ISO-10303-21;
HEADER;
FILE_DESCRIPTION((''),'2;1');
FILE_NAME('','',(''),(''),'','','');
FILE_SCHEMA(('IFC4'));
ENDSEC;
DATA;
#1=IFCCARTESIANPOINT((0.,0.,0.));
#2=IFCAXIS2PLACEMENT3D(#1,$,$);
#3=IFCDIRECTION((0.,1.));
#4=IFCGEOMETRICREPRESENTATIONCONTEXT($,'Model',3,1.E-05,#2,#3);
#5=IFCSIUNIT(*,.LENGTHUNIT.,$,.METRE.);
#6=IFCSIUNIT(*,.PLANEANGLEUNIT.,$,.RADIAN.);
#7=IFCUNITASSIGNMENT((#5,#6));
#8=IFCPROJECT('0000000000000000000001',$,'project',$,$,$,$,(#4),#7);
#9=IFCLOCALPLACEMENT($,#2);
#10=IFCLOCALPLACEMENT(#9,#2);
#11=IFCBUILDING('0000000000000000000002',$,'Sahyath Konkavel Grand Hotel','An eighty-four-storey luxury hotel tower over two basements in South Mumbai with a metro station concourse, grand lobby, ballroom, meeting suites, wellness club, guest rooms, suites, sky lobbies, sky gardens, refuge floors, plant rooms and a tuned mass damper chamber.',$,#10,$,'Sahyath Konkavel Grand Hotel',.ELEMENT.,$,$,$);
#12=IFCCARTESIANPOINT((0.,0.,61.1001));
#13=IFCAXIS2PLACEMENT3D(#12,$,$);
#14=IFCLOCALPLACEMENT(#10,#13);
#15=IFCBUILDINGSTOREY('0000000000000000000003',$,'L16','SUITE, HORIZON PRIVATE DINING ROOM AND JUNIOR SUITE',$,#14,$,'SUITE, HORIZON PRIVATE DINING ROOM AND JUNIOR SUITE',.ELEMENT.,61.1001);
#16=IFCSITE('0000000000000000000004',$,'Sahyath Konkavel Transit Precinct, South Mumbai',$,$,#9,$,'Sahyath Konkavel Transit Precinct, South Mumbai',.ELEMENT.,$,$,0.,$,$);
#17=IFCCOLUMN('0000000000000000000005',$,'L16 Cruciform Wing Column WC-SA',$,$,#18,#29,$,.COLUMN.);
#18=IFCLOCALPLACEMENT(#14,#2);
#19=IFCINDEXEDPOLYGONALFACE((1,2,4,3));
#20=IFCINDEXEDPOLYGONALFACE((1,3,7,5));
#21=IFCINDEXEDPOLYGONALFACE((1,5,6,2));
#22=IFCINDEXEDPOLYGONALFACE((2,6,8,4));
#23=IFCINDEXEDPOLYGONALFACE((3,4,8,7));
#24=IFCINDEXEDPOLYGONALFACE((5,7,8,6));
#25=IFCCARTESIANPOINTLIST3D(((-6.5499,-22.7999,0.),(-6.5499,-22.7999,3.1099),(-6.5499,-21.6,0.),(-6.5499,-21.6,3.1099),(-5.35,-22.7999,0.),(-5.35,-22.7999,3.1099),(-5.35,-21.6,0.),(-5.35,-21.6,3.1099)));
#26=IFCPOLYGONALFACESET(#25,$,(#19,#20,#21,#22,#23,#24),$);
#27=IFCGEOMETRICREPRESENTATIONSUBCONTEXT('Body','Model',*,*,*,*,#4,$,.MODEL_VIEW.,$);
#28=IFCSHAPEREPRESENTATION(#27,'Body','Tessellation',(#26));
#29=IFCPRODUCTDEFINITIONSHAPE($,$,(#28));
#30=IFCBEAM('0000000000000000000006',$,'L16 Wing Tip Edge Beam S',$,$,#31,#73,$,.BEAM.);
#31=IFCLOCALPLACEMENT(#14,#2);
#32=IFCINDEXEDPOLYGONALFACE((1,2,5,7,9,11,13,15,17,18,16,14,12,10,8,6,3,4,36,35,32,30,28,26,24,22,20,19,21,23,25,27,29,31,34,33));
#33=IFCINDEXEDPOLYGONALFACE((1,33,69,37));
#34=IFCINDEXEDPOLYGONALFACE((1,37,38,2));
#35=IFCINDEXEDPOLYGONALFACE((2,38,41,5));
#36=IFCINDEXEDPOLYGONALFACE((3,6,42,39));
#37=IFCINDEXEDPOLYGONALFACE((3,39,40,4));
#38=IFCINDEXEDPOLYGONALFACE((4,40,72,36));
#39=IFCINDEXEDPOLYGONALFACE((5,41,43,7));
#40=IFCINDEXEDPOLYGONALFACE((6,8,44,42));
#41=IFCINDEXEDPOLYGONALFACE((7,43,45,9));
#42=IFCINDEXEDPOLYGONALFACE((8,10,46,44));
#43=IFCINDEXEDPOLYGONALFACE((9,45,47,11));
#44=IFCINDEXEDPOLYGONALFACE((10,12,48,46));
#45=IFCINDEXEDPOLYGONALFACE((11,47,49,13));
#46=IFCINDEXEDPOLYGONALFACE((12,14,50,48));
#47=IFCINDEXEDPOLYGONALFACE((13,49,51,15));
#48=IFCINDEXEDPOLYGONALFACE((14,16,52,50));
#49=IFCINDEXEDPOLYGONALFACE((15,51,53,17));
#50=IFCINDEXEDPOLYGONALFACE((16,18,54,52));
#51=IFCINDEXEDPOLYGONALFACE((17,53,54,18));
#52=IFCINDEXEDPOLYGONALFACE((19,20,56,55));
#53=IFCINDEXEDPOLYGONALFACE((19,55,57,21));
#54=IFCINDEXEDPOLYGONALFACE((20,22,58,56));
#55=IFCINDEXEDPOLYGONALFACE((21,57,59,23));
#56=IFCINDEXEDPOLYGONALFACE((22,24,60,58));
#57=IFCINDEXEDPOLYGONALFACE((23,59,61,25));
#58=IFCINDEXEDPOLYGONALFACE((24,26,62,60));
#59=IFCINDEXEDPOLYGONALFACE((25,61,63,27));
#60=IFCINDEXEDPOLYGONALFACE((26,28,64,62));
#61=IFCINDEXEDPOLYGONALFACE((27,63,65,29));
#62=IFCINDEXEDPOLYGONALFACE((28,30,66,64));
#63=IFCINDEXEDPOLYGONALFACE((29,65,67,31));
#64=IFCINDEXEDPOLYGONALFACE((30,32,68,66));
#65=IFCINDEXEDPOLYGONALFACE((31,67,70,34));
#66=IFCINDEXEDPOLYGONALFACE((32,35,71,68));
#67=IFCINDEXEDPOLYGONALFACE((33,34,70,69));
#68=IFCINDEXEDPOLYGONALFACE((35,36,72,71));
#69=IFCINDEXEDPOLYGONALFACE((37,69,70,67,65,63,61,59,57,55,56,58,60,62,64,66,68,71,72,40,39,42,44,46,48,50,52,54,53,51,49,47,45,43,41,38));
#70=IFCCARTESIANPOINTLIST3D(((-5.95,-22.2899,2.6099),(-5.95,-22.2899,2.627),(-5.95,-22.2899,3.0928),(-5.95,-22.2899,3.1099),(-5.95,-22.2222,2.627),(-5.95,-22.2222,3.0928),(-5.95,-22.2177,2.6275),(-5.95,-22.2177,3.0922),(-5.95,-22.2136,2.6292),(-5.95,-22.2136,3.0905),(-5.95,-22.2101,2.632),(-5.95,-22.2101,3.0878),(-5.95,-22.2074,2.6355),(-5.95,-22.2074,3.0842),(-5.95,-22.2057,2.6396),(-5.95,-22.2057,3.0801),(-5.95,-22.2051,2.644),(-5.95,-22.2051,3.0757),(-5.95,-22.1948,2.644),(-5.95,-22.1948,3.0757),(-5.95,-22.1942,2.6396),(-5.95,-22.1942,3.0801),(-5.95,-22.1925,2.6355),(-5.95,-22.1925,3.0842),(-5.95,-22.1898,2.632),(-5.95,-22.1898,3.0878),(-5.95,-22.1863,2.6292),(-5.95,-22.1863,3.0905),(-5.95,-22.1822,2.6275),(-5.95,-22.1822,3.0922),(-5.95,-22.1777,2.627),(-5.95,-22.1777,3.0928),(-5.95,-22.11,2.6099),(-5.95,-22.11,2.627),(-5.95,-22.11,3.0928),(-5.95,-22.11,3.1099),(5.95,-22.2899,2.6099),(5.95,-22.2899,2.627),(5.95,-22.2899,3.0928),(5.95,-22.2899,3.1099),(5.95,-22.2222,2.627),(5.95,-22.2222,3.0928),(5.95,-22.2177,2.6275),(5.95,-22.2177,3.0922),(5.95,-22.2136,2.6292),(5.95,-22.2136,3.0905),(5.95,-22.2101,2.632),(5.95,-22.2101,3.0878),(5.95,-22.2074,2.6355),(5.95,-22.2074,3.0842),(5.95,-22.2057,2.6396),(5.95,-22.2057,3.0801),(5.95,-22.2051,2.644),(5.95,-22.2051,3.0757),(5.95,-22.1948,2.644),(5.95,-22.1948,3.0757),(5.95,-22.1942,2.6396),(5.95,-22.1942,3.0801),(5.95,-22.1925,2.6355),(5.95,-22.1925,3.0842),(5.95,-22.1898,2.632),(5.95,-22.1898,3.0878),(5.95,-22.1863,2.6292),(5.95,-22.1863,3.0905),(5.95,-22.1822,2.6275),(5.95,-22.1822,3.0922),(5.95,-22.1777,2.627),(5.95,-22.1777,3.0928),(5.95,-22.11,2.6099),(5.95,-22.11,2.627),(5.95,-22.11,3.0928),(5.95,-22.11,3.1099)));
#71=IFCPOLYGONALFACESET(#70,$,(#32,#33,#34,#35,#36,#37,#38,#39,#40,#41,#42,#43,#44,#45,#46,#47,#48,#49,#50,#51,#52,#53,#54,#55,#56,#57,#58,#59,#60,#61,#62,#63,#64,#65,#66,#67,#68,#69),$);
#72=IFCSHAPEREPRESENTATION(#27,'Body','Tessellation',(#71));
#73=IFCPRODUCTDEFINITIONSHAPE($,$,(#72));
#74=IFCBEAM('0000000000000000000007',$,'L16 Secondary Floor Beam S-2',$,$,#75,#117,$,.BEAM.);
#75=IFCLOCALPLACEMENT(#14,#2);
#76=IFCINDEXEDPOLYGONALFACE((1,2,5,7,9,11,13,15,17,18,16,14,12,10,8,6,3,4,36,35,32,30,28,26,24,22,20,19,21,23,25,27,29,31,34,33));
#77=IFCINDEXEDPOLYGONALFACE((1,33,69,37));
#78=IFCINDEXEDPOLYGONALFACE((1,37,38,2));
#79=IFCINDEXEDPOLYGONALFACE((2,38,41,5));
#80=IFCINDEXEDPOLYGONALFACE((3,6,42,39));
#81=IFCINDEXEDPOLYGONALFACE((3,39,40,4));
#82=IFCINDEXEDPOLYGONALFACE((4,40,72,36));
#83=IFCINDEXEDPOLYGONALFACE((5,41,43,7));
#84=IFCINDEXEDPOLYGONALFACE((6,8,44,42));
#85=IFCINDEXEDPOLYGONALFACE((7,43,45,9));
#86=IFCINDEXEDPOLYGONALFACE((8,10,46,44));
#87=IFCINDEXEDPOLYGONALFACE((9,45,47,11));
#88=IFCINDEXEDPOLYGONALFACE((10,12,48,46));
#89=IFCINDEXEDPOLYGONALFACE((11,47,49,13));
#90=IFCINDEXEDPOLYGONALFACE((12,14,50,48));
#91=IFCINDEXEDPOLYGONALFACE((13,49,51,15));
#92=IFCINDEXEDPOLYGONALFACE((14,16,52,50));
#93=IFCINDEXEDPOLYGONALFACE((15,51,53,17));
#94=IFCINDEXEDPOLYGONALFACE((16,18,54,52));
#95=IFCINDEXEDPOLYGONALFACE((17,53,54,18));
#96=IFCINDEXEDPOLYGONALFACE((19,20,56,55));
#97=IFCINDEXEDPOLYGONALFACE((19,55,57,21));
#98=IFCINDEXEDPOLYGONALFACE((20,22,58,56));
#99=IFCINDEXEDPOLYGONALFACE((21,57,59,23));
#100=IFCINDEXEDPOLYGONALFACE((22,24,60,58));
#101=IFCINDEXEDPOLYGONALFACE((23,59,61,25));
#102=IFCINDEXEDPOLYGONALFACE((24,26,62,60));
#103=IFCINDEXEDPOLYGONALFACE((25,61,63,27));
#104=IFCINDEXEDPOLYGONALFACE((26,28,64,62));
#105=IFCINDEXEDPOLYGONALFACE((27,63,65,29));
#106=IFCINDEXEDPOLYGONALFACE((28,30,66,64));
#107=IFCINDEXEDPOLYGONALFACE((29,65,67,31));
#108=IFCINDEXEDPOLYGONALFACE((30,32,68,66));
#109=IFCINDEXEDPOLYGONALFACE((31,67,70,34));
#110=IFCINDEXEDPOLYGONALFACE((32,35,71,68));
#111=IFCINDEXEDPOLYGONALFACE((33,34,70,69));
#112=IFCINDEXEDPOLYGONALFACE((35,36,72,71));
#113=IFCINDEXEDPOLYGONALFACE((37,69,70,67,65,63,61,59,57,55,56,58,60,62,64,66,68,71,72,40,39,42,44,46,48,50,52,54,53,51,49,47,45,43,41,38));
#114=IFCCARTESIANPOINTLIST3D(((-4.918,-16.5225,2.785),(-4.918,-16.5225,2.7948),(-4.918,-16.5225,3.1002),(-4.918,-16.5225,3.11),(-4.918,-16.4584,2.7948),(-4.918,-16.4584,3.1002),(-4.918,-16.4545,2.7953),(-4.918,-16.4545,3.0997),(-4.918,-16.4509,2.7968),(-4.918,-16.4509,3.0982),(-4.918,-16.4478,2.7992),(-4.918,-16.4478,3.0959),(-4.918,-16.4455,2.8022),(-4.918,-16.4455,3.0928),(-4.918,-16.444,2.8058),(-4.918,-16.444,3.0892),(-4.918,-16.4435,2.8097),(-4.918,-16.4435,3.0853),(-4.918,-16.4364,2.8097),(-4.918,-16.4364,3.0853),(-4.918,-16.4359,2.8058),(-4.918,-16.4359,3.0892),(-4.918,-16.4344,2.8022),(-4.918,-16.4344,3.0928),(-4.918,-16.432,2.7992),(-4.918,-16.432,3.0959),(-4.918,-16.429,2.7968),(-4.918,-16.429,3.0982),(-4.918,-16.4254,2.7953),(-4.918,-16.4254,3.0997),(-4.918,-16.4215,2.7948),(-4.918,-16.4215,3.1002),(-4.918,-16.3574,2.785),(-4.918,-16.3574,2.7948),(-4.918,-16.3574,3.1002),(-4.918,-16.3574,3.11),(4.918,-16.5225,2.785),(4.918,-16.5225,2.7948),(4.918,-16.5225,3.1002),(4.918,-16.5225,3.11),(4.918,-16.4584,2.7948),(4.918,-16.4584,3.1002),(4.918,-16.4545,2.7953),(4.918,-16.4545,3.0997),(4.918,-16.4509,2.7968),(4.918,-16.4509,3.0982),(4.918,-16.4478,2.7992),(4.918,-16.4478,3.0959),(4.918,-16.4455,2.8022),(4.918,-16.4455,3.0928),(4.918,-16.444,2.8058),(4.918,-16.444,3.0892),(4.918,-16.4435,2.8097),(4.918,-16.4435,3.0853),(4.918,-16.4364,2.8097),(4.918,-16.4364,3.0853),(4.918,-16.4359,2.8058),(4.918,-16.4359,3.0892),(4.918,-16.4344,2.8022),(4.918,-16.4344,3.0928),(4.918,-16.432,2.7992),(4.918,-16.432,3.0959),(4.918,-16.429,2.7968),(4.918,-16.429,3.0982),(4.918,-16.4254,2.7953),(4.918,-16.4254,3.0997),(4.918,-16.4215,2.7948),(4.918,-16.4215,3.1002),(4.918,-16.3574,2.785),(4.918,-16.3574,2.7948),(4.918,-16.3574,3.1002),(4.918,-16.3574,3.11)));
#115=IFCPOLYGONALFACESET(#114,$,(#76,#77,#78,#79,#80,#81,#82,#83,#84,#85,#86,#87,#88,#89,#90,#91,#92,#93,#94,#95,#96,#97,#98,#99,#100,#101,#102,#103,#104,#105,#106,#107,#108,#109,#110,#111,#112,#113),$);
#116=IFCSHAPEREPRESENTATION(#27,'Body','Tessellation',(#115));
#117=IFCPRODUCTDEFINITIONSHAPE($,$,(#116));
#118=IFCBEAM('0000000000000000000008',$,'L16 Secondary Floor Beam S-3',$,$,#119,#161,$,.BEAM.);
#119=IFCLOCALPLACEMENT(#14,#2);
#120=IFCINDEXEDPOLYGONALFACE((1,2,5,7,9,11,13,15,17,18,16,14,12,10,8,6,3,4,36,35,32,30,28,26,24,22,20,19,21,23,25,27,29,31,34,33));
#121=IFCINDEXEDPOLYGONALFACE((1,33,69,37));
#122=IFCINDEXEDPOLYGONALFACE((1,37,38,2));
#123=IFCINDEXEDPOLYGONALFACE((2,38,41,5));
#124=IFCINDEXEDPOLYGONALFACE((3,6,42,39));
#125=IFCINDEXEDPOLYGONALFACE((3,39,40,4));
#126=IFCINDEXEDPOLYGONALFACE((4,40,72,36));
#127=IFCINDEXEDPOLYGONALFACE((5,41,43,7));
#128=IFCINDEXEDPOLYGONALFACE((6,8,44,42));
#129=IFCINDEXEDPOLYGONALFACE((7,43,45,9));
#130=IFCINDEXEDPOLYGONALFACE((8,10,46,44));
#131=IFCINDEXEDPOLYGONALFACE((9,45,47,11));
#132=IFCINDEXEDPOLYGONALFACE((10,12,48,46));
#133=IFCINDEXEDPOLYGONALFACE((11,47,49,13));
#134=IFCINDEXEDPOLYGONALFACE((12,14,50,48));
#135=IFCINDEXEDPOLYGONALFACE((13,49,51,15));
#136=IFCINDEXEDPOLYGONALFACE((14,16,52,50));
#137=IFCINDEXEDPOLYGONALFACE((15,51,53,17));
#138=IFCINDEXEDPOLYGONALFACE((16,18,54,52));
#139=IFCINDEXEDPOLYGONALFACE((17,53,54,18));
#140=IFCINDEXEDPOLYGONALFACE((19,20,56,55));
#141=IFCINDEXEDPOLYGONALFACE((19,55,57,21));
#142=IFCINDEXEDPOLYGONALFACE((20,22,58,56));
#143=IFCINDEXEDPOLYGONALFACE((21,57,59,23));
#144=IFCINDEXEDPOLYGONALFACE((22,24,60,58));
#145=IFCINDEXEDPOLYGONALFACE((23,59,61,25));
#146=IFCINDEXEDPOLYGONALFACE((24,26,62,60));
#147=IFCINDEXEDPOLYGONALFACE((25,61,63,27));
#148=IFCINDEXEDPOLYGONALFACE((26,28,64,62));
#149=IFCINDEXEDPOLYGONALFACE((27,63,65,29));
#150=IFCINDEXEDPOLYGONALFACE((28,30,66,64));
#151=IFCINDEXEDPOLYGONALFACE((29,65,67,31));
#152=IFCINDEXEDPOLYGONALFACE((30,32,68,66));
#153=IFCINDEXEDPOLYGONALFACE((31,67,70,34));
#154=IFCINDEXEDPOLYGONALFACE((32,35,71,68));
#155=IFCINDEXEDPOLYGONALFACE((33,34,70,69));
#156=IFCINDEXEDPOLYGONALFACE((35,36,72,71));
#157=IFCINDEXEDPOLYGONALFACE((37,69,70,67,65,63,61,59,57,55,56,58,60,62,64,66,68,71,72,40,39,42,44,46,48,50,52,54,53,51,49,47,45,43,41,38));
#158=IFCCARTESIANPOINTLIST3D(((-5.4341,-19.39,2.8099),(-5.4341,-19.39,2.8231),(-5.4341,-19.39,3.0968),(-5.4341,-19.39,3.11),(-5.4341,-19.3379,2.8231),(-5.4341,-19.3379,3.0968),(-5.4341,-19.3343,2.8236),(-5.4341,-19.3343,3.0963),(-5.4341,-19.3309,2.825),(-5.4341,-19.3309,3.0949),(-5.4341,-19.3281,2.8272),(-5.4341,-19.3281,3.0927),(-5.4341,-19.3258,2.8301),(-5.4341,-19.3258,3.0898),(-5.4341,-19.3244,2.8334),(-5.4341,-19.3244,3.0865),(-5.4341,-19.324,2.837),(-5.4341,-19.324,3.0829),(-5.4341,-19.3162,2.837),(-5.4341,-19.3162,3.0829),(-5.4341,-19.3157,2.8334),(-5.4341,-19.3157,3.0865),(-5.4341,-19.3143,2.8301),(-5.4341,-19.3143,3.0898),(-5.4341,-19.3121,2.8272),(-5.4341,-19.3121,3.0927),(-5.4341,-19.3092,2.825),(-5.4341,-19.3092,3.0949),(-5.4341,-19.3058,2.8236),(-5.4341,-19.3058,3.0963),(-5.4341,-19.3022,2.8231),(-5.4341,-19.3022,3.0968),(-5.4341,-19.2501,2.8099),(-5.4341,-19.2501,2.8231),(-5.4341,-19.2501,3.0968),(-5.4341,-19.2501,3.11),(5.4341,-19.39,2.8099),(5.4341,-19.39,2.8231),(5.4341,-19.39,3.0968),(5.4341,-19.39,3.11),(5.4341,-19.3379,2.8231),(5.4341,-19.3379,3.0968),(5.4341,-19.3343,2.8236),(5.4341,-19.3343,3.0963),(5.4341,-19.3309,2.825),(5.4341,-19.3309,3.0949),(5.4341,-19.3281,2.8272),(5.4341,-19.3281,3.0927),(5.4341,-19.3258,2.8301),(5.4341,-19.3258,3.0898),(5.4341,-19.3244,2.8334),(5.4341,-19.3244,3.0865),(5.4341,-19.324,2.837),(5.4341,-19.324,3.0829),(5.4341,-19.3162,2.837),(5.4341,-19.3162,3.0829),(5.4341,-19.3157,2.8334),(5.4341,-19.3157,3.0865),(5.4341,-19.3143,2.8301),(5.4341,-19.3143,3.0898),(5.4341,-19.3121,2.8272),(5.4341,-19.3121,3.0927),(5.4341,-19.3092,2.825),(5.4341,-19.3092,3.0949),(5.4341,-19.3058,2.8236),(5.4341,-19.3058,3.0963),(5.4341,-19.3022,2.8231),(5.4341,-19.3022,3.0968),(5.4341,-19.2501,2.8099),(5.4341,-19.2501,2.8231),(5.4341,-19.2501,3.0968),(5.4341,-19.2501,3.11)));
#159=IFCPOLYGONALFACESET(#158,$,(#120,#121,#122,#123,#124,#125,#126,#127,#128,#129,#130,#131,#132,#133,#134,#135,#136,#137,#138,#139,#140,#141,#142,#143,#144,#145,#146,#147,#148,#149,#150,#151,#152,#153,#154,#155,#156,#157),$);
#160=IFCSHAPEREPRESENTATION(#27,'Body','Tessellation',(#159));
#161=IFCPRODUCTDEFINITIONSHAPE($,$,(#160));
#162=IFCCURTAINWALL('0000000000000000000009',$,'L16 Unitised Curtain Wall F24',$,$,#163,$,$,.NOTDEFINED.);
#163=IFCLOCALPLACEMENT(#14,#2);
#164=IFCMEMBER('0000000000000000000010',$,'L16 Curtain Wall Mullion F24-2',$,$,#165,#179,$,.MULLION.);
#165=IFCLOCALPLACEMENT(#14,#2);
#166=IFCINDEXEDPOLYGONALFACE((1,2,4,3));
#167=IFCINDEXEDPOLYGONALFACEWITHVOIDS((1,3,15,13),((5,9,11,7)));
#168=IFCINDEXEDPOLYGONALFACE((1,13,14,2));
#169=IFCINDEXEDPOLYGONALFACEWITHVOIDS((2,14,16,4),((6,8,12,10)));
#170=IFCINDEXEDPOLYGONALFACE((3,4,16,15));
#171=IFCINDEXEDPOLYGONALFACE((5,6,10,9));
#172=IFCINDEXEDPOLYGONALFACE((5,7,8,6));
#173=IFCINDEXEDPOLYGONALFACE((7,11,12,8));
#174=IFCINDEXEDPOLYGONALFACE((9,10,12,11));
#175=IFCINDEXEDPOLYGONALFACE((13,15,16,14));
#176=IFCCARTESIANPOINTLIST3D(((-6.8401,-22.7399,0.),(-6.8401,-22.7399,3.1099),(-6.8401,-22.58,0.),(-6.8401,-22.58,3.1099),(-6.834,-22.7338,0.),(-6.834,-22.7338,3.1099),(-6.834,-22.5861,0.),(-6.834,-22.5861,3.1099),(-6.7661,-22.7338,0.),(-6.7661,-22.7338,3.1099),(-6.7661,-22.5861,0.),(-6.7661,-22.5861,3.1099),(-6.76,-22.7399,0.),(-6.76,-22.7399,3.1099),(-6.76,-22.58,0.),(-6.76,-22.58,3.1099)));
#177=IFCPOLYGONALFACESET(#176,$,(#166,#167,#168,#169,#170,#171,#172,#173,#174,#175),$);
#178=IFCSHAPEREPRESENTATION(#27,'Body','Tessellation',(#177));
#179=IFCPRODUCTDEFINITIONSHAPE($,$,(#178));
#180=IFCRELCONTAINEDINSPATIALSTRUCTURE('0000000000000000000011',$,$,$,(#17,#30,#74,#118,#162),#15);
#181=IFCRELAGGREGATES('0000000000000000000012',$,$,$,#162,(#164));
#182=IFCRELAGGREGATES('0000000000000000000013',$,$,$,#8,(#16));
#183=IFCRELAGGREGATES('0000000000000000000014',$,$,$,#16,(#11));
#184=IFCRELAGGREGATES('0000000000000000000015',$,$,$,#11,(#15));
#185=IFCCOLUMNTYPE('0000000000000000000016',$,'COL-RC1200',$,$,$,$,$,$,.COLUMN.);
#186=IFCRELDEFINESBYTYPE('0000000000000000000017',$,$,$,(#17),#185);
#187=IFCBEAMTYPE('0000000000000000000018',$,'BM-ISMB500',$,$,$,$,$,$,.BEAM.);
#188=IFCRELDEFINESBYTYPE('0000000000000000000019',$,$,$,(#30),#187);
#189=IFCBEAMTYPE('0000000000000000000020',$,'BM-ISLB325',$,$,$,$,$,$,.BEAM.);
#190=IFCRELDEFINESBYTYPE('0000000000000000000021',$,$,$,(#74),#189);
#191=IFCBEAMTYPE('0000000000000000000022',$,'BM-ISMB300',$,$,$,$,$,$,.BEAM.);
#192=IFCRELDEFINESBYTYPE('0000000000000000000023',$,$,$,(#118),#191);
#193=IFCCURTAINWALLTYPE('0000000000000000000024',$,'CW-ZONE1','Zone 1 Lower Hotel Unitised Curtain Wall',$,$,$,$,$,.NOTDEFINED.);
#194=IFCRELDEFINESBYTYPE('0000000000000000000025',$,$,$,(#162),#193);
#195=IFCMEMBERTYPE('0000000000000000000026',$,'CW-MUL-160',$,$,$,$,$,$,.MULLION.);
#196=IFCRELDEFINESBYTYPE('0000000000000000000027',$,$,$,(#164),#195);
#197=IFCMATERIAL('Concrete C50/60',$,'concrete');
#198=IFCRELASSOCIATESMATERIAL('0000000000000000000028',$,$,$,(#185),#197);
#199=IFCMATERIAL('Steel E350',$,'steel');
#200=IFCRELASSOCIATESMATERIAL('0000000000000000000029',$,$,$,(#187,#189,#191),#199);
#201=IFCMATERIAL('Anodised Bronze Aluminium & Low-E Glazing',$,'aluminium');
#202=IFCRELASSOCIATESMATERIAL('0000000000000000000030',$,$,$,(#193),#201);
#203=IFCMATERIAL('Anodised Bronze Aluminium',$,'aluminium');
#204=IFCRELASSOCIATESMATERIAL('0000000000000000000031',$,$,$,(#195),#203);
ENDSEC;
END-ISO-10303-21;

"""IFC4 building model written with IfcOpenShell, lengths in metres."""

from ifc_helpers import new_model, si_unit, direction, frame, origin, origin_2d, place, context, subcontext, project, spatial, rectangle, hollow_rectangle, i_section, extrude, source, transform, mapped, material, material_profile, profile_set, type_object, element, aggregate, save


model = new_model("IFC4")

# Units and contexts
model_context = context("Model", 3, precision=1e-05, world=origin(), true_north=direction((0.0, 1.0)))
body_context = subcontext(model_context, "Body", "Model", "MODEL_VIEW")
ifc_project = project(units=[si_unit("LENGTHUNIT", "METRE"), si_unit("PLANEANGLEUNIT", "RADIAN")], contexts=[model_context])

# Site, building, storey
site_placement = place(None, origin())
site = spatial("IfcSite", under=ifc_project, at=site_placement, Name="Sahyath Konkavel Transit Precinct, South Mumbai", LongName="Sahyath Konkavel Transit Precinct, South Mumbai", CompositionType="ELEMENT", RefElevation=0.0)
building_placement = place(site_placement, origin())
building = spatial("IfcBuilding", under=site, at=building_placement, Name="Sahyath Konkavel Grand Hotel", Description="An eighty-four-storey luxury hotel tower over two basements in South Mumbai with a metro station concourse, grand lobby, ballroom, meeting suites, wellness club, guest rooms, suites, sky lobbies, sky gardens, refuge floors, plant rooms and a tuned mass damper chamber.", LongName="Sahyath Konkavel Grand Hotel", CompositionType="ELEMENT")
storey_placement = place(building_placement, frame((0.0, 0.0, 61.1001)))
storey = spatial("IfcBuildingStorey", under=building, at=storey_placement, Name="L16", Description="SUITE, HORIZON PRIVATE DINING ROOM AND JUNIOR SUITE", LongName="SUITE, HORIZON PRIVATE DINING ROOM AND JUNIOR SUITE", CompositionType="ELEMENT", Elevation=61.1001)

# Column
ifc_material_1 = material(Name="Concrete C50/60", Category="concrete")
ifc_material_profile_1 = material_profile(ifc_material_1, rectangle(XDim=1.2, YDim=1.2, at=origin_2d()), Name="RC 1200x1200")
ifc_profile_set_1 = profile_set([ifc_material_profile_1], Name="Concrete C50/60")
column_type = type_object("IfcColumnType", Name="COL-RC1200", PredefinedType="COLUMN", material=ifc_profile_set_1)
shared_shape_1 = source(origin(), body_context, "Body", "SweptSolid", [
    extrude(rectangle(XDim=1.2, YDim=1.2, at=origin_2d()), origin(), (0.0, 0.0, 1.0), 3.1099),
])
column_placement = place(storey_placement, frame((-5.95, -22.2, 0.0), z_axis=(0.0, 0.0, 1.0), x_axis=(1.0, 0.0, 0.0)))
element("IfcColumn", 1, at=column_placement, inside=storey, type_object=column_type, Name="L16 Cruciform Wing Column WC-SA", PredefinedType="COLUMN", context=body_context, shape_type="MappedRepresentation", body=[
    mapped(shared_shape_1, transform((0.0, 0.0, 0.0), scale=1.0)),
])

# Beams
ifc_material_2 = material(Name="Steel E350", Category="steel")
ifc_material_profile_2 = material_profile(ifc_material_2, i_section(OverallWidth=0.1799, OverallDepth=0.5, WebThickness=0.0103, FlangeThickness=0.0171, FilletRadius=0.0171, at=origin_2d()), Name="ISMB 500")
ifc_profile_set_2 = profile_set([ifc_material_profile_2], Name="Steel E350")
beam_type_1 = type_object("IfcBeamType", Name="BM-ISMB500", PredefinedType="BEAM", material=ifc_profile_set_2)
shared_shape_2 = source(origin(), body_context, "Body", "SweptSolid", [
    extrude(i_section(OverallWidth=0.1799, OverallDepth=0.5, WebThickness=0.0103, FlangeThickness=0.0171, FilletRadius=0.0171, at=origin_2d()), origin(), (0.0, 0.0, 1.0), 11.8999),
])
beam_1_placement = place(storey_placement, frame((-5.95, -22.2, 2.8599), z_axis=(1.0, 0.0, 0.0), x_axis=(0.0, 1.0, 0.0)))
element("IfcBeam", 2, at=beam_1_placement, inside=storey, type_object=beam_type_1, Name="L16 Wing Tip Edge Beam S", PredefinedType="BEAM", context=body_context, shape_type="MappedRepresentation", body=[
    mapped(shared_shape_2, transform((0.0, 0.0, 0.0), scale=1.0)),
])
ifc_material_profile_3 = material_profile(ifc_material_2, i_section(OverallWidth=0.165, OverallDepth=0.325, WebThickness=0.0071, FlangeThickness=0.0098, FilletRadius=0.0149, at=origin_2d()), Name="ISLB 325")
ifc_profile_set_3 = profile_set([ifc_material_profile_3], Name="Steel E350")
beam_type_2 = type_object("IfcBeamType", Name="BM-ISLB325", PredefinedType="BEAM", material=ifc_profile_set_3)
shared_shape_3 = source(origin(), body_context, "Body", "SweptSolid", [
    extrude(i_section(OverallWidth=0.165, OverallDepth=0.325, WebThickness=0.0071, FlangeThickness=0.0098, FilletRadius=0.0149, at=origin_2d()), origin(), (0.0, 0.0, 1.0), 9.8359),
])
beam_2_placement = place(storey_placement, frame((-4.918, -16.4399, 2.9475), z_axis=(1.0, 0.0, 0.0), x_axis=(0.0, 1.0, 0.0)))
element("IfcBeam", 3, at=beam_2_placement, inside=storey, type_object=beam_type_2, Name="L16 Secondary Floor Beam S-2", PredefinedType="BEAM", context=body_context, shape_type="MappedRepresentation", body=[
    mapped(shared_shape_3, transform((0.0, 0.0, 0.0), scale=1.0)),
])
ifc_material_profile_4 = material_profile(ifc_material_2, i_section(OverallWidth=0.1399, OverallDepth=0.3, WebThickness=0.0078, FlangeThickness=0.0132, FilletRadius=0.0139, at=origin_2d()), Name="ISMB 300")
ifc_profile_set_4 = profile_set([ifc_material_profile_4], Name="Steel E350")
beam_type_3 = type_object("IfcBeamType", Name="BM-ISMB300", PredefinedType="BEAM", material=ifc_profile_set_4)
shared_shape_4 = source(origin(), body_context, "Body", "SweptSolid", [
    extrude(i_section(OverallWidth=0.1399, OverallDepth=0.3, WebThickness=0.0078, FlangeThickness=0.0132, FilletRadius=0.0139, at=origin_2d()), origin(), (0.0, 0.0, 1.0), 10.8682),
])
beam_3_placement = place(storey_placement, frame((-5.4341, -19.3201, 2.96), z_axis=(1.0, 0.0, 0.0), x_axis=(0.0, 1.0, 0.0)))
element("IfcBeam", 4, at=beam_3_placement, inside=storey, type_object=beam_type_3, Name="L16 Secondary Floor Beam S-3", PredefinedType="BEAM", context=body_context, shape_type="MappedRepresentation", body=[
    mapped(shared_shape_4, transform((0.0, 0.0, 0.0), scale=1.0)),
])

# Curtain wall, member
ifc_material_3 = material(Name="Anodised Bronze Aluminium & Low-E Glazing", Category="aluminium")
curtain_wall_type = type_object("IfcCurtainWallType", Name="CW-ZONE1", Description="Zone 1 Lower Hotel Unitised Curtain Wall", PredefinedType="NOTDEFINED", material=ifc_material_3)
curtain_wall_1_placement = place(storey_placement, origin())
curtain_wall_1 = element("IfcCurtainWall", 5, at=curtain_wall_1_placement, inside=storey, type_object=curtain_wall_type, Name="L16 Unitised Curtain Wall F24", PredefinedType="NOTDEFINED")
ifc_material_4 = material(Name="Anodised Bronze Aluminium", Category="aluminium")
ifc_material_profile_5 = material_profile(ifc_material_4, hollow_rectangle(XDim=0.0801, YDim=0.1599, WallThickness=0.0061, at=origin_2d()), Name="RHS 160x80x6")
ifc_profile_set_5 = profile_set([ifc_material_profile_5], Name="Anodised Bronze Aluminium")
member_type_1 = type_object("IfcMemberType", Name="CW-MUL-160", PredefinedType="MULLION", material=ifc_profile_set_5)
shared_shape_5 = source(origin(), body_context, "Body", "SweptSolid", [
    extrude(hollow_rectangle(XDim=0.0801, YDim=0.1599, WallThickness=0.0061, at=origin_2d()), origin(), (0.0, 0.0, 1.0), 3.1099),
])
member_1_placement = place(storey_placement, frame((-6.8, -22.6599, 0.0), z_axis=(0.0, 0.0, 1.0), x_axis=(1.0, 0.0, 0.0)))
member_1 = element("IfcMember", 6, at=member_1_placement, type_object=member_type_1, Name="L16 Curtain Wall Mullion F24-2", PredefinedType="MULLION", context=body_context, shape_type="MappedRepresentation", body=[
    mapped(shared_shape_5, transform((0.0, 0.0, 0.0), scale=1.0)),
])

aggregate(curtain_wall_1, [member_1])

save(model, "model.ifc")
